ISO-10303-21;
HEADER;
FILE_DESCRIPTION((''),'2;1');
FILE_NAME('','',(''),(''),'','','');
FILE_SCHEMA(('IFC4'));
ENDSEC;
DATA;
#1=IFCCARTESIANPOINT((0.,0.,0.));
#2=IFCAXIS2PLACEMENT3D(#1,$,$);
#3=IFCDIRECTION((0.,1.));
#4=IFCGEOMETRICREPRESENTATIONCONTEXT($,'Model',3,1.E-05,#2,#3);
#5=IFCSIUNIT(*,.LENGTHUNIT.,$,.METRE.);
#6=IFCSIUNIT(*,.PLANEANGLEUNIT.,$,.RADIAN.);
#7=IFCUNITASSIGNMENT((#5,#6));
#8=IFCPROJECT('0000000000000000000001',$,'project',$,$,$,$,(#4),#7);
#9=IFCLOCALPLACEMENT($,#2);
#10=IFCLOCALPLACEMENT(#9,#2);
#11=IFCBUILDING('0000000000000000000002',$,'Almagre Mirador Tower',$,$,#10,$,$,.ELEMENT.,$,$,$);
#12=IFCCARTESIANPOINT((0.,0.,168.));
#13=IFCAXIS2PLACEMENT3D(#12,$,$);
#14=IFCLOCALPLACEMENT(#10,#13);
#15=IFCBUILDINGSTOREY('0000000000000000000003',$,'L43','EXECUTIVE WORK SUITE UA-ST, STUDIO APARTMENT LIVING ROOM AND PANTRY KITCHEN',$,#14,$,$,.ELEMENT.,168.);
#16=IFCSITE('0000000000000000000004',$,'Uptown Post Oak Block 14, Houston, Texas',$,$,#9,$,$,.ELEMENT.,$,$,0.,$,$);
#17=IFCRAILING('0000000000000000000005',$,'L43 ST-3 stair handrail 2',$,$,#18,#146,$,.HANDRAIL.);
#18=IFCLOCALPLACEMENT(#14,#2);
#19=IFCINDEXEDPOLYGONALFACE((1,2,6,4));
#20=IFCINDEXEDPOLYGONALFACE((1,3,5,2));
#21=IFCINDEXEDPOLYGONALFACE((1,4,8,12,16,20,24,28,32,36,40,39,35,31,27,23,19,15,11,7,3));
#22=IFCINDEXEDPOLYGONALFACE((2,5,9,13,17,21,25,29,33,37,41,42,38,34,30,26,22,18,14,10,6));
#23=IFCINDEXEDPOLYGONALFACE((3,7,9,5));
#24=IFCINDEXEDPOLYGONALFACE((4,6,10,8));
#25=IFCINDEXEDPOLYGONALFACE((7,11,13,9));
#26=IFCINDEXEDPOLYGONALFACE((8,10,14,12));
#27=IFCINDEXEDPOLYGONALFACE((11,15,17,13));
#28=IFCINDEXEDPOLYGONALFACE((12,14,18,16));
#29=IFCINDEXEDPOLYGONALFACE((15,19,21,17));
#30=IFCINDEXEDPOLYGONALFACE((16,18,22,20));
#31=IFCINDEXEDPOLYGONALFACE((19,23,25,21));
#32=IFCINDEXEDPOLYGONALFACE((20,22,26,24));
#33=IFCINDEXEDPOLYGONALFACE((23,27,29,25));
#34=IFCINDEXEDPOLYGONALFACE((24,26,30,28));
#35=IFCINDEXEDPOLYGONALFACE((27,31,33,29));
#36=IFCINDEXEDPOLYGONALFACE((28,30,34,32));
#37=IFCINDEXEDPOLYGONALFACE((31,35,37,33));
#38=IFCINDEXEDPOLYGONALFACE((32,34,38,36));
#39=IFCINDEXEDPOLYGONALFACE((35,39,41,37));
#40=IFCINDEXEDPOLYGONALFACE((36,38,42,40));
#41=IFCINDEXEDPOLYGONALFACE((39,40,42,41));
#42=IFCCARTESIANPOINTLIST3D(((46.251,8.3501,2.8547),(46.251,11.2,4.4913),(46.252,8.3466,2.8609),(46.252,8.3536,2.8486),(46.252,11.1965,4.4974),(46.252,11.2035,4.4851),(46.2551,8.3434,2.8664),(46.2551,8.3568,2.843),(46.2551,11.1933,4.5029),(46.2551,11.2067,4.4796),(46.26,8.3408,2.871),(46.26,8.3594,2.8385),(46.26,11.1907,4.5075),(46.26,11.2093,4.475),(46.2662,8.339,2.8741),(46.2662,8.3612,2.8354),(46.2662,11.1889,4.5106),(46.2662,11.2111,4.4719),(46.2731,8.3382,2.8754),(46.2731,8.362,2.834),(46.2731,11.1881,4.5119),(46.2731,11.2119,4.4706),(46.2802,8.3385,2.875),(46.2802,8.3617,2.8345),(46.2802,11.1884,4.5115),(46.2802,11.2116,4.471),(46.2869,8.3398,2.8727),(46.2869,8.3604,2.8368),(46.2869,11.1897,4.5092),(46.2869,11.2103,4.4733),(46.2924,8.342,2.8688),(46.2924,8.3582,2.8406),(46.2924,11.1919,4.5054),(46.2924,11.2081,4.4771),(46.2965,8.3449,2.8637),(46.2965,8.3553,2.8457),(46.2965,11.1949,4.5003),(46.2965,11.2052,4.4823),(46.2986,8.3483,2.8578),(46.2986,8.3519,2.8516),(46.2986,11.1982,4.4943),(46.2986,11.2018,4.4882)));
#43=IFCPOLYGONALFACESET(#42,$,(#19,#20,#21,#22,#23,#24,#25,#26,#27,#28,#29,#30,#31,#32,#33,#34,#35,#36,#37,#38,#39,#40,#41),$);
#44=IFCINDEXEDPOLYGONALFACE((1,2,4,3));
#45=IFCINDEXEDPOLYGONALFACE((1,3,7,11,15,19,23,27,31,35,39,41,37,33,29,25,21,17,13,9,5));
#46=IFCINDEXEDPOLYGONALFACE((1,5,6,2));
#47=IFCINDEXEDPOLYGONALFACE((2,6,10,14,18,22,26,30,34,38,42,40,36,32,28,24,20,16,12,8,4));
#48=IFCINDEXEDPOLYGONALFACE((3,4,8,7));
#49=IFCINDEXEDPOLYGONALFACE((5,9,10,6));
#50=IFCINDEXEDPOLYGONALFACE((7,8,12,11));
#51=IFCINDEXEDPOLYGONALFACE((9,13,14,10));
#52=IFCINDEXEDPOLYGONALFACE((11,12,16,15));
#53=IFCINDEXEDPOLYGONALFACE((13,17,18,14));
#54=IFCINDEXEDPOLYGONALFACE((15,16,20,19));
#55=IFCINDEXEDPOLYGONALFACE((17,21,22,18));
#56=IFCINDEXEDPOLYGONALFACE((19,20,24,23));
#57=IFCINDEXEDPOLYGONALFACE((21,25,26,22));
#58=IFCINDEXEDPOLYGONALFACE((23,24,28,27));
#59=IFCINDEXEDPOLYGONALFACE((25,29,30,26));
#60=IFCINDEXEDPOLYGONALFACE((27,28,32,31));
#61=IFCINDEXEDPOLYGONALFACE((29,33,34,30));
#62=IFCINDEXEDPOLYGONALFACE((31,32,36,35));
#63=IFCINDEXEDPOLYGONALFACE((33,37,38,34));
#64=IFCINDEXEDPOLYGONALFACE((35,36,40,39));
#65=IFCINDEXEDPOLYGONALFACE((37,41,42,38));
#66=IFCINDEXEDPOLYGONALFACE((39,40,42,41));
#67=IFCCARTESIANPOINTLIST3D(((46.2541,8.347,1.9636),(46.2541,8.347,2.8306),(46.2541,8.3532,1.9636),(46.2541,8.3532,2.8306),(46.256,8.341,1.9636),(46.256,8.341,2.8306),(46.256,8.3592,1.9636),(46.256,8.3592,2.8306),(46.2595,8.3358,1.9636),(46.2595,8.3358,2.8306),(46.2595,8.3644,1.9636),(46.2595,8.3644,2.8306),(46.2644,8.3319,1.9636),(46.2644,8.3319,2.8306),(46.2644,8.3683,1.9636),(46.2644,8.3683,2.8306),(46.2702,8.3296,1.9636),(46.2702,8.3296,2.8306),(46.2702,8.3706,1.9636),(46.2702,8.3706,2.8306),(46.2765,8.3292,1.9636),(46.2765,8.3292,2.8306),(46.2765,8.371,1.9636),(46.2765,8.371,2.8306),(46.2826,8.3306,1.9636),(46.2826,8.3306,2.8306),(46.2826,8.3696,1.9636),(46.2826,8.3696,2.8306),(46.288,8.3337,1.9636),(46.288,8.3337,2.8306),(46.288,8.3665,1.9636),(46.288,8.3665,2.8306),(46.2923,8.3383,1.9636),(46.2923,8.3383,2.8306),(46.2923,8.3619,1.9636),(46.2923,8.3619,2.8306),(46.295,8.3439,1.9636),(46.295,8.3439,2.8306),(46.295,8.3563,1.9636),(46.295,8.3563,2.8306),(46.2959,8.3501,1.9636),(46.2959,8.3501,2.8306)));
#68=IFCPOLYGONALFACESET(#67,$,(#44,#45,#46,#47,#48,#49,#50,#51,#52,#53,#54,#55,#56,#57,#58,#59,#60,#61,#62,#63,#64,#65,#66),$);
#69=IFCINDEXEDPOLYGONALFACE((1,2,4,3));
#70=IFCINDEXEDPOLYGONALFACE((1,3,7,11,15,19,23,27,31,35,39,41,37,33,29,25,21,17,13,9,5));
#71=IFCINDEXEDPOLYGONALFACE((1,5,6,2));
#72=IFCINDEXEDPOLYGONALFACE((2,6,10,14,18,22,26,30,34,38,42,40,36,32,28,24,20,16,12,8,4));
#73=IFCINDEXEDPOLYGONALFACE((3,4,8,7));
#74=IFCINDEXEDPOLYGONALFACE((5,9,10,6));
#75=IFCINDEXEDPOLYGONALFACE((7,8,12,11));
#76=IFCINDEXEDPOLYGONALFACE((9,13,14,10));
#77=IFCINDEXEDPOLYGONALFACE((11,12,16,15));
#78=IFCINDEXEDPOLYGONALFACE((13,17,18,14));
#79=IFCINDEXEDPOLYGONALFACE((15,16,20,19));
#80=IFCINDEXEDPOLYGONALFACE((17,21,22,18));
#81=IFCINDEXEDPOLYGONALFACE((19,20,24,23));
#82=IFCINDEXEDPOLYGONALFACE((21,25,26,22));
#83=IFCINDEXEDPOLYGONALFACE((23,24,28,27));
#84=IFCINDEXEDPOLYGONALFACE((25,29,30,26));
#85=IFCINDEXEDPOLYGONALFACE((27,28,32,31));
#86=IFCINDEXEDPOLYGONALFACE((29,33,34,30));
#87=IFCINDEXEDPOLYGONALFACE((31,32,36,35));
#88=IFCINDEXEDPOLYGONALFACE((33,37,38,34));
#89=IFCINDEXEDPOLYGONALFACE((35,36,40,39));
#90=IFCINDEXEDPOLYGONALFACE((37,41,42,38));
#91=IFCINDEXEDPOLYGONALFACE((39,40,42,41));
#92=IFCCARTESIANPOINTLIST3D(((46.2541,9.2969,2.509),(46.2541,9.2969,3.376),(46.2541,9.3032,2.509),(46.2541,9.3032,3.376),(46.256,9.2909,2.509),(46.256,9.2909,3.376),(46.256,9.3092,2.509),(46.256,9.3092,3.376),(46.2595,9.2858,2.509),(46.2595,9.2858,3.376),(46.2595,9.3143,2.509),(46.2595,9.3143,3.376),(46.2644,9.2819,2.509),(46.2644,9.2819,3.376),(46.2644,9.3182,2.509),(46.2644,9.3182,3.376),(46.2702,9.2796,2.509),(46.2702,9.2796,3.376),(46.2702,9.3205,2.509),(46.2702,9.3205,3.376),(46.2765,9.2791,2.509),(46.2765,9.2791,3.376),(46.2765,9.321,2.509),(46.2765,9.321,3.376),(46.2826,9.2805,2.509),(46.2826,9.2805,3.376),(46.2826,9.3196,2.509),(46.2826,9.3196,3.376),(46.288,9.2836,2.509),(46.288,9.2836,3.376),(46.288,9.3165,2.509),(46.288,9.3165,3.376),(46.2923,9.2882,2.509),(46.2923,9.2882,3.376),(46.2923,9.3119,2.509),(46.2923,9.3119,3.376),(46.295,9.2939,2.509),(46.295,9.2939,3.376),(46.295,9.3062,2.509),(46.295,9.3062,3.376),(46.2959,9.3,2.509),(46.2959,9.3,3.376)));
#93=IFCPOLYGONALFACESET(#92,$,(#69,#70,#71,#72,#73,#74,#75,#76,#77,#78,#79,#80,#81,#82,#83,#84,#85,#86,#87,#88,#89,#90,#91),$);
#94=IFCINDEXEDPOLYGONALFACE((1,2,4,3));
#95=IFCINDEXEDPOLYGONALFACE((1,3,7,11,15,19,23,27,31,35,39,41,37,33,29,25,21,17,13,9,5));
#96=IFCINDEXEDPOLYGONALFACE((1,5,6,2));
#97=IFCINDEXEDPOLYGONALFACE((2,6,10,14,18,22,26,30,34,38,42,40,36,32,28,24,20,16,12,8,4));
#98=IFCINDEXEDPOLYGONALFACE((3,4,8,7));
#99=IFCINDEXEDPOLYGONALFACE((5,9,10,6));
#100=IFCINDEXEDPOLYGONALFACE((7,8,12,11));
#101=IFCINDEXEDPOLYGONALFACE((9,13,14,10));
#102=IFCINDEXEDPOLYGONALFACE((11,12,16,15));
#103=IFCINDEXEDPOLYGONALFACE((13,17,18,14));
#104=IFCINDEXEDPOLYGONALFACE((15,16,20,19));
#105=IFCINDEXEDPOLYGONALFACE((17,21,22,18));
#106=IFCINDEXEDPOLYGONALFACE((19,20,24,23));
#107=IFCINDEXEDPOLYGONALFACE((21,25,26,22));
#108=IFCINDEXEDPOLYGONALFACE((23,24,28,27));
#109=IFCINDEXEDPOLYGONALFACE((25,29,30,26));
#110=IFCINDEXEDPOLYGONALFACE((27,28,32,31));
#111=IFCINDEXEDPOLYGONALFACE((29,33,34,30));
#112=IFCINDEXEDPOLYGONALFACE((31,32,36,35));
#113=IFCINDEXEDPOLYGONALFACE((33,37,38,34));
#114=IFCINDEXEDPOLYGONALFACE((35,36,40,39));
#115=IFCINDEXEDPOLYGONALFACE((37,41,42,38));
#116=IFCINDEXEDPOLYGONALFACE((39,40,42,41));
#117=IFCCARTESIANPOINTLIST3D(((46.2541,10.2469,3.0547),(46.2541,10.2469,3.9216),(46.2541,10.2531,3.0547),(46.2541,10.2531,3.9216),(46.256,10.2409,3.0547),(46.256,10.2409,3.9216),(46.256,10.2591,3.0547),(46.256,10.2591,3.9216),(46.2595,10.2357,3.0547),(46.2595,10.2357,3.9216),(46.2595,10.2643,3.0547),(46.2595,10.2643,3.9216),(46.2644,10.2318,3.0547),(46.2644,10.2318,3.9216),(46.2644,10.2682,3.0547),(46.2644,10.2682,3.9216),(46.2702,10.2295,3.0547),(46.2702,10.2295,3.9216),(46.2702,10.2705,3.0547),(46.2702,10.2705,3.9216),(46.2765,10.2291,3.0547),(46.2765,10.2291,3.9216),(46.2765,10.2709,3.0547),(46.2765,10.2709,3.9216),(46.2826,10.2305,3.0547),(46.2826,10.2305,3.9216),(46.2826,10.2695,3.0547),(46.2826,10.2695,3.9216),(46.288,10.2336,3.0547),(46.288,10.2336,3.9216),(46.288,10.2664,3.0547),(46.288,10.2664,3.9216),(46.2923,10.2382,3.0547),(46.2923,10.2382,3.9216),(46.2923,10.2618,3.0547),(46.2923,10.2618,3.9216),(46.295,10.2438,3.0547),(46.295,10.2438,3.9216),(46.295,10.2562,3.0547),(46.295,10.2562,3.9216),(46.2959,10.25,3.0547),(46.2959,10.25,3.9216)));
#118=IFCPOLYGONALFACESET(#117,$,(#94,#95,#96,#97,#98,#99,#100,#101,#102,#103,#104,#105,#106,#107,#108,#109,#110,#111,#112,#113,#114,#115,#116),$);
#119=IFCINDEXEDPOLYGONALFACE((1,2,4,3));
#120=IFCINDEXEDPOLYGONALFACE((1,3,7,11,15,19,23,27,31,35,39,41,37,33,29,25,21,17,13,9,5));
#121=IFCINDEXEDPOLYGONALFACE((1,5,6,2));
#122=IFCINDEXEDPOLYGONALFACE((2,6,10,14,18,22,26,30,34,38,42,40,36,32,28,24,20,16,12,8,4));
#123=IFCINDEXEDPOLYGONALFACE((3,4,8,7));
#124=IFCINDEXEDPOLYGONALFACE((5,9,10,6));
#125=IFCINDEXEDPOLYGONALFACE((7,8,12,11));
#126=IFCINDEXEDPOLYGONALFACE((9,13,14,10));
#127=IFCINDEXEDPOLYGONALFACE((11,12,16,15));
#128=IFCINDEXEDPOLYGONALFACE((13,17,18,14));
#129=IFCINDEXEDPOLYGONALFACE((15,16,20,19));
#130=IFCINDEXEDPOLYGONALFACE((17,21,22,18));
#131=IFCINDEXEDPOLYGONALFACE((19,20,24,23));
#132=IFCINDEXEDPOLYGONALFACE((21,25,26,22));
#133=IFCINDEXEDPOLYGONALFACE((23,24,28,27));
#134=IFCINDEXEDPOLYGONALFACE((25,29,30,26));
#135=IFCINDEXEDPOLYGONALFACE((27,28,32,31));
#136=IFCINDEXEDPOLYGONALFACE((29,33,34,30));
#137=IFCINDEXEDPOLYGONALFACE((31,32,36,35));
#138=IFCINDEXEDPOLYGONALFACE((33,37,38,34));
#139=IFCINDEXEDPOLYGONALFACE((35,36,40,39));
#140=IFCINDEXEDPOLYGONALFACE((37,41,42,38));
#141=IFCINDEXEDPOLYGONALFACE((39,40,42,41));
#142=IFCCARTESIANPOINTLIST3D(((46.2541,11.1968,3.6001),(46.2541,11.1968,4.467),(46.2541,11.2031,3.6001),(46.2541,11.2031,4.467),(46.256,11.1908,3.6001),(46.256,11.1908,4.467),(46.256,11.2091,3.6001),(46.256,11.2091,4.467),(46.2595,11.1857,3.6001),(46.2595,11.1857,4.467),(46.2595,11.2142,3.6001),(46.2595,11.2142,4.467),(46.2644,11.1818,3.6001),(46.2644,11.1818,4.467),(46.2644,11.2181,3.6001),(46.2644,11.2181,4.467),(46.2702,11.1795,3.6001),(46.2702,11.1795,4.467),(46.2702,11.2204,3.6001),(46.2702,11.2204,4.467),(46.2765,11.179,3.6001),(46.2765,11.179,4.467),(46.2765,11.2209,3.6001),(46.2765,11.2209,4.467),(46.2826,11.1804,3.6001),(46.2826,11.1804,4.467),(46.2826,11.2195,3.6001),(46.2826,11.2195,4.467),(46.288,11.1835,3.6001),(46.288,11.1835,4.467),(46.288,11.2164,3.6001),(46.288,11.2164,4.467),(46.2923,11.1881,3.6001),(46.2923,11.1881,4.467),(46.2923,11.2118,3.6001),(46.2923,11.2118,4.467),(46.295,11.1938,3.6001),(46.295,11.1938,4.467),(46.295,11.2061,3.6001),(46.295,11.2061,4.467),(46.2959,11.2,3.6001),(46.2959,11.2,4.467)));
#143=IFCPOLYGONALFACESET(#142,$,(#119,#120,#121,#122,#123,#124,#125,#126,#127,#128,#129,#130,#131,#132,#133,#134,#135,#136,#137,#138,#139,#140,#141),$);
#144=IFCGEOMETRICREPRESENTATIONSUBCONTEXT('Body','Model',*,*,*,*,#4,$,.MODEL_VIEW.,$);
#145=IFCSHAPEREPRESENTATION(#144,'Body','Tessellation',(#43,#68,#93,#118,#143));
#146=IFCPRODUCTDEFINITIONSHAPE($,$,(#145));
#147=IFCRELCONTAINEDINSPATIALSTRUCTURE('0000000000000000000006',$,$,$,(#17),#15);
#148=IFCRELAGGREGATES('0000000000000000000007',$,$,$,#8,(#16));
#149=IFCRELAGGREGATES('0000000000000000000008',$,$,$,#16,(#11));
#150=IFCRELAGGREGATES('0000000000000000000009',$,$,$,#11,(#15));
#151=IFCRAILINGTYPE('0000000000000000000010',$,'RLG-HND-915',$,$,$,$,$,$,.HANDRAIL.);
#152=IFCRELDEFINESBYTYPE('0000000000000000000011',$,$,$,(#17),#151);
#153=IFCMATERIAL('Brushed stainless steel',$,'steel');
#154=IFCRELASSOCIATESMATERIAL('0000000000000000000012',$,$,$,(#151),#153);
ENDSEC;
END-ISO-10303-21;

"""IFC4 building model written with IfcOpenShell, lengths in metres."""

from ifc_helpers import new_model, si_unit, direction, frame, origin, origin_2d, place, context, subcontext, project, spatial, circle, extrude, material, type_object, element, save


model = new_model("IFC4")

# Units and contexts
model_context = context("Model", 3, precision=1e-05, world=origin(), true_north=direction((0.0, 1.0)))
body_context = subcontext(model_context, "Body", "Model", "MODEL_VIEW")
ifc_project = project(units=[si_unit("LENGTHUNIT", "METRE"), si_unit("PLANEANGLEUNIT", "RADIAN")], contexts=[model_context])

# Site, building, storey
site_placement = place(None, origin())
site = spatial("IfcSite", under=ifc_project, at=site_placement, Name="Uptown Post Oak Block 14, Houston, Texas", CompositionType="ELEMENT", RefElevation=0.0)
building_placement = place(site_placement, origin())
building = spatial("IfcBuilding", under=site, at=building_placement, Name="Almagre Mirador Tower", CompositionType="ELEMENT")
storey_placement = place(building_placement, frame((0.0, 0.0, 168.0)))
storey = spatial("IfcBuildingStorey", under=building, at=storey_placement, Name="L43", Description="EXECUTIVE WORK SUITE UA-ST, STUDIO APARTMENT LIVING ROOM AND PANTRY KITCHEN", CompositionType="ELEMENT", Elevation=168.0)

# Railing
ifc_material_1 = material(Name="Brushed stainless steel", Category="steel")
railing_type_1 = type_object("IfcRailingType", Name="RLG-HND-915", PredefinedType="HANDRAIL", material=ifc_material_1)
railing_1_placement = place(storey_placement, frame((46.2749, 8.3501, 1.9636)))
element("IfcRailing", 1, at=railing_1_placement, inside=storey, type_object=railing_type_1, Name="L43 ST-3 stair handrail 2", PredefinedType="HANDRAIL", context=body_context, shape_type="SweptSolid", body=[
    extrude(circle(Radius=0.0239, at=origin_2d()), frame((0.0, 0.0, 0.8911), z_axis=(0.0, 0.867194, 0.49797), x_axis=(-1.0, 0.0, 0.0)), (0.0, 0.0, 1.0), 3.2864),
    extrude(circle(Radius=0.021, at=origin_2d()), origin(), (0.0, 0.0, 1.0), 0.8669),
    extrude(circle(Radius=0.021, at=origin_2d()), frame((0.0, 0.95, 0.5454)), (0.0, 0.0, 1.0), 0.8669),
    extrude(circle(Radius=0.021, at=origin_2d()), frame((0.0, 1.8999, 1.0911)), (0.0, 0.0, 1.0), 0.8669),
    extrude(circle(Radius=0.021, at=origin_2d()), frame((0.0, 2.8499, 1.6365)), (0.0, 0.0, 1.0), 0.8669),
])

save(model, "model.ifc")
